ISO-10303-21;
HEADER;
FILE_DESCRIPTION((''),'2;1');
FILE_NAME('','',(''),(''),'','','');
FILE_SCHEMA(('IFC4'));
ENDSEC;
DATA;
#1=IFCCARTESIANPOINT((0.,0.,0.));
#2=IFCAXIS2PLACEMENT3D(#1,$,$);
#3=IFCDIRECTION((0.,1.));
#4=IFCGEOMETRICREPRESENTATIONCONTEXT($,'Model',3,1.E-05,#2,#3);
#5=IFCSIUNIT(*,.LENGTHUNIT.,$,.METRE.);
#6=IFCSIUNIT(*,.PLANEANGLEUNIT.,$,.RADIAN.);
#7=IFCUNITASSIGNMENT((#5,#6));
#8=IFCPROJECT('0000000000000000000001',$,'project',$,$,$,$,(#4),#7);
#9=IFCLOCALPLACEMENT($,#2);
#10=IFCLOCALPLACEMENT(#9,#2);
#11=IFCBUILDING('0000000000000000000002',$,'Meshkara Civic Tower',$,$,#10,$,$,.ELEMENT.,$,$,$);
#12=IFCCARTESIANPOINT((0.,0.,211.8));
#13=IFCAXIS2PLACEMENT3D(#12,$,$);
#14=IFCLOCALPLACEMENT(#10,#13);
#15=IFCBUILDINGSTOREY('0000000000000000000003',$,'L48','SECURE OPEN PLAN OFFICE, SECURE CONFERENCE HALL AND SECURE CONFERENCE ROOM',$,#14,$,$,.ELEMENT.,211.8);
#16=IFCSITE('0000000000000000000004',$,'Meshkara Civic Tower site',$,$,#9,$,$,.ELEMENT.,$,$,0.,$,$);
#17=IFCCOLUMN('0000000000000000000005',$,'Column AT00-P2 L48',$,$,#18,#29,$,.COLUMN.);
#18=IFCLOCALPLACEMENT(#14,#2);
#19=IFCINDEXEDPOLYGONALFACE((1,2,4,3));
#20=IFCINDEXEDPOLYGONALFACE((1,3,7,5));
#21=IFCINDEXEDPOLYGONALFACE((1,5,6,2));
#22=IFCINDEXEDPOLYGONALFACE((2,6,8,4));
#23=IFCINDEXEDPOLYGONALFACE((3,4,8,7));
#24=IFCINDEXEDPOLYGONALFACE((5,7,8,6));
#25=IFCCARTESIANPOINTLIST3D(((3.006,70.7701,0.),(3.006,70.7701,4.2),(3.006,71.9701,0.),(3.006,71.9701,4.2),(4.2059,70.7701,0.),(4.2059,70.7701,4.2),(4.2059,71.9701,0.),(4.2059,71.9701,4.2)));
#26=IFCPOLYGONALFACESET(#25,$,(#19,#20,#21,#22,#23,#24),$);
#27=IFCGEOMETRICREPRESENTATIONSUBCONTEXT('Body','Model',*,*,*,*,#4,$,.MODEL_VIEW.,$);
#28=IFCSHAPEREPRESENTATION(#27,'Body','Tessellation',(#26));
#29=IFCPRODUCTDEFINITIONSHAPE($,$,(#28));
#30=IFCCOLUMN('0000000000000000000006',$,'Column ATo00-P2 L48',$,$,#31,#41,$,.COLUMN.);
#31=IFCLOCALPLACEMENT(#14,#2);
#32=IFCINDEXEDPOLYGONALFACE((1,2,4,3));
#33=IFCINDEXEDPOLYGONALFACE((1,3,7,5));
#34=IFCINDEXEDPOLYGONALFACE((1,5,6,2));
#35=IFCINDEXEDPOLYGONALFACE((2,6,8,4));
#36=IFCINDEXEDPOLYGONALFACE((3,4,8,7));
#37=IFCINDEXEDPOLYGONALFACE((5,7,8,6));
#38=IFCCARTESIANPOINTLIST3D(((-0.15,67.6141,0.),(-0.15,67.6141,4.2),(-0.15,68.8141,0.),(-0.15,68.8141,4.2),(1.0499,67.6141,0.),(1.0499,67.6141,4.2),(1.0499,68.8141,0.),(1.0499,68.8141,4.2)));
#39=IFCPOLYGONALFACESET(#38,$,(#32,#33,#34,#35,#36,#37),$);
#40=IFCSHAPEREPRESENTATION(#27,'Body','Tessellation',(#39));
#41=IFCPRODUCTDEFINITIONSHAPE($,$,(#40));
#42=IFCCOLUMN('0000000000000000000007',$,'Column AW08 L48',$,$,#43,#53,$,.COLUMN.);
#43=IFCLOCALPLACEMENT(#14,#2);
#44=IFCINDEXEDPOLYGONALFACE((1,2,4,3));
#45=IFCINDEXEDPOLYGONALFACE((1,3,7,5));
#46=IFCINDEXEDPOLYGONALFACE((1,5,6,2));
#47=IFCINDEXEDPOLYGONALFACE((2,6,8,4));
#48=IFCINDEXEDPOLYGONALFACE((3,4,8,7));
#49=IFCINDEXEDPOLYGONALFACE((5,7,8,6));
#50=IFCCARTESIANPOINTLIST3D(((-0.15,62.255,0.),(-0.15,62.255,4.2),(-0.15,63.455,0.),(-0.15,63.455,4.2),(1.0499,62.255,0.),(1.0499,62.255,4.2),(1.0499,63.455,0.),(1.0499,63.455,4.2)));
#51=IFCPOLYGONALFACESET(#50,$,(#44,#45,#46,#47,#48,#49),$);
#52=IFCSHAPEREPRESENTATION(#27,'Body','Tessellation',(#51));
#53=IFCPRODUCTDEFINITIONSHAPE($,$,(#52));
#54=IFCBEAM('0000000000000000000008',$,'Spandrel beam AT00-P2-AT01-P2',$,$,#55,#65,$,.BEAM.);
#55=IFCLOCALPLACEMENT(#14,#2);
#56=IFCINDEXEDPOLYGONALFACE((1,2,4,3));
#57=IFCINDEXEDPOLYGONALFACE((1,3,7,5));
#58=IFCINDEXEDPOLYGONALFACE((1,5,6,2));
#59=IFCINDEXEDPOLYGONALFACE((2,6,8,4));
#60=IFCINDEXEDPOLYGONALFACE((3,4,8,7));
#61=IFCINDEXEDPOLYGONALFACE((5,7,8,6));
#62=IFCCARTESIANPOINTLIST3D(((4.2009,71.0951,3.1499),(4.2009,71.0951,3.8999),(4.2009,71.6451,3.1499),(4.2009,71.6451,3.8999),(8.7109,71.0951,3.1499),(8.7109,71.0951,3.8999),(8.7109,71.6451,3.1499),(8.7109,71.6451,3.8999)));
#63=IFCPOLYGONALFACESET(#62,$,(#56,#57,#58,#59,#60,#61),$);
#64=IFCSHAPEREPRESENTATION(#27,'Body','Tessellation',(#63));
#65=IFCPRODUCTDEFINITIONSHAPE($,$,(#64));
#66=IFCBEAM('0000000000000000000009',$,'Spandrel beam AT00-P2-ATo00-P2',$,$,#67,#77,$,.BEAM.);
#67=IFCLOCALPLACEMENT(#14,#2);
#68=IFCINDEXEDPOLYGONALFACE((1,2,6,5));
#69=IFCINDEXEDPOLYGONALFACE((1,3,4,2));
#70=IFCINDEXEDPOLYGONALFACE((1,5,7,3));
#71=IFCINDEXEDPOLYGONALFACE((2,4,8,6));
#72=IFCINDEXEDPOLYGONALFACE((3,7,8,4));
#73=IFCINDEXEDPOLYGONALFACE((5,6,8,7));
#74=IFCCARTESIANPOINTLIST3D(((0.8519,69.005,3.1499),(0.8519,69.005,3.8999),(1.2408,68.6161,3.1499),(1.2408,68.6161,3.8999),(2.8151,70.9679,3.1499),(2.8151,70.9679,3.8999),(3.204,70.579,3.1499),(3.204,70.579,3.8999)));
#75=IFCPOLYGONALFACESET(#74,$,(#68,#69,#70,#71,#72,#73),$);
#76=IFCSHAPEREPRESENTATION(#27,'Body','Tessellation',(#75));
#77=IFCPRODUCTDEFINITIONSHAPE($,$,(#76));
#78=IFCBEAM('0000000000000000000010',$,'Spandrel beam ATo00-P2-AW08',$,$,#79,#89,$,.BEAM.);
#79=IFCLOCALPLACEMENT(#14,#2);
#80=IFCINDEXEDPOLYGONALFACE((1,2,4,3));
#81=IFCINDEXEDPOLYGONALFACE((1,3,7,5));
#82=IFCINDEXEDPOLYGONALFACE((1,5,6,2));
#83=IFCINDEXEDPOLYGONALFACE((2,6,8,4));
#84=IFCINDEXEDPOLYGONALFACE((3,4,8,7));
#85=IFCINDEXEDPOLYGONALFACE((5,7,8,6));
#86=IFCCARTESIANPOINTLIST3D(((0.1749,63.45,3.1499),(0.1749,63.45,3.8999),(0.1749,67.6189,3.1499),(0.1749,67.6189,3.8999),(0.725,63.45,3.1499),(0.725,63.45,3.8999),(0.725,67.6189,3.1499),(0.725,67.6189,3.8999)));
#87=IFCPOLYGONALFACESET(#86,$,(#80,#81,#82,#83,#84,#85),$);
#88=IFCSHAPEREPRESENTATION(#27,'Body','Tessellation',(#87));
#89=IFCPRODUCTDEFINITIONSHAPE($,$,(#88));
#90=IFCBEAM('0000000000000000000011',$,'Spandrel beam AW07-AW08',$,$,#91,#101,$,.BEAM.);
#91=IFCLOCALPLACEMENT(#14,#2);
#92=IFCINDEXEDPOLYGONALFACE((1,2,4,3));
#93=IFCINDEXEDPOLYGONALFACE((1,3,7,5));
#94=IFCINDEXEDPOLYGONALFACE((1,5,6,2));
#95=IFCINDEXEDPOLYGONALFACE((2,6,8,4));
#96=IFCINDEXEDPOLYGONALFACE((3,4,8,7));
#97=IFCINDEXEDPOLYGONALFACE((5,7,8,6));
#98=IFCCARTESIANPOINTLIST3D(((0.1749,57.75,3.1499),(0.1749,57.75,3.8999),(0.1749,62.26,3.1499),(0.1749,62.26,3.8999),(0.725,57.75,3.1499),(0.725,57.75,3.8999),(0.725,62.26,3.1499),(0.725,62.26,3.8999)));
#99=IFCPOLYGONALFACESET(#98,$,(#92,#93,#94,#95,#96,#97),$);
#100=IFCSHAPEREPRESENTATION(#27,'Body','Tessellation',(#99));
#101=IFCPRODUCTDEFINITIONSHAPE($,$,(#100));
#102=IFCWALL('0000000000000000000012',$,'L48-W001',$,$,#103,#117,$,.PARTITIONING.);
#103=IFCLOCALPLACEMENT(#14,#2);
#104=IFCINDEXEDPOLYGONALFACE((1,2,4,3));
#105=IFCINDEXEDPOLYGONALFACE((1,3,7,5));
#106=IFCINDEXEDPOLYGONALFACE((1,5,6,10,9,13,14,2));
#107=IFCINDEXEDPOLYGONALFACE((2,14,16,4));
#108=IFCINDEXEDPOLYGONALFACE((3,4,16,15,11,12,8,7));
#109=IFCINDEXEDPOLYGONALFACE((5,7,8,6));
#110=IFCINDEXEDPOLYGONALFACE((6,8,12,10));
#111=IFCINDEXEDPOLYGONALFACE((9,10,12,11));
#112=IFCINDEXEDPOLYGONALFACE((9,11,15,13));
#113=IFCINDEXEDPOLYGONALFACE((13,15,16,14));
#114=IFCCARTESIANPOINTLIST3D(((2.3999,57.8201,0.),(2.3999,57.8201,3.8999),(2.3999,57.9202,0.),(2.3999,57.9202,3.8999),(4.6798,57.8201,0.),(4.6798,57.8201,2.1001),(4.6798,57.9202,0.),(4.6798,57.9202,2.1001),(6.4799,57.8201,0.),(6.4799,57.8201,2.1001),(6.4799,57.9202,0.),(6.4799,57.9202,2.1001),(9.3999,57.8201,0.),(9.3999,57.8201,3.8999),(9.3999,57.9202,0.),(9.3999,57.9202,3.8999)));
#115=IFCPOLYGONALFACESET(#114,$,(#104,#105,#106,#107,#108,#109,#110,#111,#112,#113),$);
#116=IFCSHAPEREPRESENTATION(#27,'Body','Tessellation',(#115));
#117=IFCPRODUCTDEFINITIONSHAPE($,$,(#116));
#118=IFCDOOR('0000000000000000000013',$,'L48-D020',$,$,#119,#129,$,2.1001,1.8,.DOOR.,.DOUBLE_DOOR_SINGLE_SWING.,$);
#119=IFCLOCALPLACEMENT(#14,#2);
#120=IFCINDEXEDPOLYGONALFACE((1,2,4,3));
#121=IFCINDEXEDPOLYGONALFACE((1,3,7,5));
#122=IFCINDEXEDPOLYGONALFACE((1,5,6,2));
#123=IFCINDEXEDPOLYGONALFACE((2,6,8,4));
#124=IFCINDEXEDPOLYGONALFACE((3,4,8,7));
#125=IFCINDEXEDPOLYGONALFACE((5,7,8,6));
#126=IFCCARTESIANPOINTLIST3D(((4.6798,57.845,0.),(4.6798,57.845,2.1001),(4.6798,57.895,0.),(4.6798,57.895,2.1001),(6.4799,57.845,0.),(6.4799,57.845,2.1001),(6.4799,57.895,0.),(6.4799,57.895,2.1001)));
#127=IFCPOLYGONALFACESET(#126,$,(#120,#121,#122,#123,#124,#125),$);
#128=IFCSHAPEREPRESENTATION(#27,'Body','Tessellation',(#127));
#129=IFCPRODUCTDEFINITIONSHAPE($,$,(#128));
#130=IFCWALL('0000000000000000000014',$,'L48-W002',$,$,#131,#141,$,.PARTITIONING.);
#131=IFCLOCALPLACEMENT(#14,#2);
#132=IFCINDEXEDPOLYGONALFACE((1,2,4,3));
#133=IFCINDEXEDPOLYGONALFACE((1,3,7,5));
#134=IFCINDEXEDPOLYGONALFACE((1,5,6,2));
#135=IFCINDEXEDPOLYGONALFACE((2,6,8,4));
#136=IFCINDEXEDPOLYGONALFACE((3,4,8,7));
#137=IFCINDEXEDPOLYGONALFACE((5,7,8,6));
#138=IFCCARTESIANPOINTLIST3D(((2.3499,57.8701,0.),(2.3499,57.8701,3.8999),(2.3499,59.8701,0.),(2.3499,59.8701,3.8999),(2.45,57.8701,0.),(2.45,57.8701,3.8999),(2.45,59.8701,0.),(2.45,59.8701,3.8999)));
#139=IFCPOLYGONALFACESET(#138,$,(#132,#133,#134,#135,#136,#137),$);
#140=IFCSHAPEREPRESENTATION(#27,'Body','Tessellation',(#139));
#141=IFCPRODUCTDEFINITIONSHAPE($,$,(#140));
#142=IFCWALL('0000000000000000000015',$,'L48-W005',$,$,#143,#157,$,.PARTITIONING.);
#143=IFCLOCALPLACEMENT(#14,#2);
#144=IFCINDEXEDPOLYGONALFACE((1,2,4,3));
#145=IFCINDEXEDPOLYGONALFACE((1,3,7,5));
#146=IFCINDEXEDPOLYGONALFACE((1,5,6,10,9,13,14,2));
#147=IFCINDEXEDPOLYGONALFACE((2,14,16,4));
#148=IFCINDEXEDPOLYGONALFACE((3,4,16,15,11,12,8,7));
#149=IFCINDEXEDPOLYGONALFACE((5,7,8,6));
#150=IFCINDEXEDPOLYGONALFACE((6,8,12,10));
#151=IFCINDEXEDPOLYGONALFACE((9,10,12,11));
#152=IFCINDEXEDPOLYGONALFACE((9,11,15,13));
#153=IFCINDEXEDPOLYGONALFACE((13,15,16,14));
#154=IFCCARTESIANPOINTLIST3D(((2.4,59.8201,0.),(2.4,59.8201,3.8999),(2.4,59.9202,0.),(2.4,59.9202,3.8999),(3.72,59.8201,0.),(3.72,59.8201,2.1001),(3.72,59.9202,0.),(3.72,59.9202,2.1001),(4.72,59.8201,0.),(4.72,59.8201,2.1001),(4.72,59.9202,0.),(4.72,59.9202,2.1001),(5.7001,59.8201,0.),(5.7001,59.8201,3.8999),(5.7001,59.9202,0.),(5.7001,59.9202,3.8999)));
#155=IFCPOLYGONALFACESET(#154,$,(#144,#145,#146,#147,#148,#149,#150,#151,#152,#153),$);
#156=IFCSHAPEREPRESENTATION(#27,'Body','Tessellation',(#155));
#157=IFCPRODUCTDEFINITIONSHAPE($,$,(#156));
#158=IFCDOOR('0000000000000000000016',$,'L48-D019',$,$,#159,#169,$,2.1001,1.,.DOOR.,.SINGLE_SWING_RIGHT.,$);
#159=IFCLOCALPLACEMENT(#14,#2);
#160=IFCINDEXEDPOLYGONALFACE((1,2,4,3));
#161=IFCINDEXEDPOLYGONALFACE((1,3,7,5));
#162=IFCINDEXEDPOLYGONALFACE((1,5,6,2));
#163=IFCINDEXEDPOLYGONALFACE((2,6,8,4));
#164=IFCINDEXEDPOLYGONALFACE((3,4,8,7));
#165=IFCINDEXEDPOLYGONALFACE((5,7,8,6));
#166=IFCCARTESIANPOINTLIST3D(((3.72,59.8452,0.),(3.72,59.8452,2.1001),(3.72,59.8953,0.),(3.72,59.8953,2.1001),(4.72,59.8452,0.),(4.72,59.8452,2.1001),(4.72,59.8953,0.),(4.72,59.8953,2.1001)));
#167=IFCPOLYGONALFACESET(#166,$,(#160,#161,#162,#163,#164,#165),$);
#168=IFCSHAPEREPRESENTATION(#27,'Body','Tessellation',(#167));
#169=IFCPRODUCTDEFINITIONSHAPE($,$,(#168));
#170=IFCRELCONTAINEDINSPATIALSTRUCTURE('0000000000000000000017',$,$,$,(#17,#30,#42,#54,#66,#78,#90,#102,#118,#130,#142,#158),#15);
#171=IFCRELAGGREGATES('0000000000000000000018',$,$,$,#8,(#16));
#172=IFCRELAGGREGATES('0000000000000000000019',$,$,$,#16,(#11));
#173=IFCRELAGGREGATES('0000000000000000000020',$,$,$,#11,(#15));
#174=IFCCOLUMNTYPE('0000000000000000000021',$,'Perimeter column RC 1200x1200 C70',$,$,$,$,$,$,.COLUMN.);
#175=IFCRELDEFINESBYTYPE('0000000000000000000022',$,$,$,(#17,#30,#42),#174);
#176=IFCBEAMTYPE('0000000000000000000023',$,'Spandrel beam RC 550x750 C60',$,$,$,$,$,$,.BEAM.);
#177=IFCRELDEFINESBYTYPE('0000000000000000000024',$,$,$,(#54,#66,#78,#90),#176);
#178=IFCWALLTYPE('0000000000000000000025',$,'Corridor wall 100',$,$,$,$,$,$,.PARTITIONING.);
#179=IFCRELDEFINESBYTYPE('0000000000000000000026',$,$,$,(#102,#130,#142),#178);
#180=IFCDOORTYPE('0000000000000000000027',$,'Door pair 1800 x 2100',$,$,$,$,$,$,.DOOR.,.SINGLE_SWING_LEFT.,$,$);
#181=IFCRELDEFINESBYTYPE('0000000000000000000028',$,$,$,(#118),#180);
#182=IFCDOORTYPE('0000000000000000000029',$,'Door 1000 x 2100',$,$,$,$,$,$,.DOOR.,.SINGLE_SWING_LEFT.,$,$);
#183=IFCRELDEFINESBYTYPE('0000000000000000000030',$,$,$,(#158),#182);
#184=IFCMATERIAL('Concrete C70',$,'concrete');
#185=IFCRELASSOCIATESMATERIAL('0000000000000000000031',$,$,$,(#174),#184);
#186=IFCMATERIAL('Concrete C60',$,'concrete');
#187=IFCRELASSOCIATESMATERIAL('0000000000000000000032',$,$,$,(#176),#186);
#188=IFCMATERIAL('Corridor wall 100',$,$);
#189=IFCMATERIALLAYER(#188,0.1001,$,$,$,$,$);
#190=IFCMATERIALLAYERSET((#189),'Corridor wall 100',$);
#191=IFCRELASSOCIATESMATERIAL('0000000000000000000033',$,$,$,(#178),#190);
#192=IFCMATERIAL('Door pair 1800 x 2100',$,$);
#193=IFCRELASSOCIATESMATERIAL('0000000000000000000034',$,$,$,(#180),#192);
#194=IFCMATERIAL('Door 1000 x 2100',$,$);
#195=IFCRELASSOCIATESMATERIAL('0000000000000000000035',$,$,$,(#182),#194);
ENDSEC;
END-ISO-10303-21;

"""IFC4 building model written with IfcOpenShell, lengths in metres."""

from ifc_helpers import new_model, si_unit, direction, frame, frame_2d, origin, origin_2d, place, context, subcontext, project, spatial, rectangle, extrude, material, layer, layer_set, material_profile, profile_set, type_object, element, fill, save


model = new_model("IFC4")

# Units and contexts
model_context = context("Model", 3, precision=1e-05, world=origin(), true_north=direction((0.0, 1.0)))
body_context = subcontext(model_context, "Body", "Model", "MODEL_VIEW")
ifc_project = project(units=[si_unit("LENGTHUNIT", "METRE"), si_unit("PLANEANGLEUNIT", "RADIAN")], contexts=[model_context])

# Site, building, storey
site_placement = place(None, origin())
site = spatial("IfcSite", under=ifc_project, at=site_placement, Name="Meshkara Civic Tower site", CompositionType="ELEMENT", RefElevation=0.0)
building_placement = place(site_placement, origin())
building = spatial("IfcBuilding", under=site, at=building_placement, Name="Meshkara Civic Tower", CompositionType="ELEMENT")
storey_placement = place(building_placement, frame((0.0, 0.0, 211.8)))
storey = spatial("IfcBuildingStorey", under=building, at=storey_placement, Name="L48", Description="SECURE OPEN PLAN OFFICE, SECURE CONFERENCE HALL AND SECURE CONFERENCE ROOM", CompositionType="ELEMENT", Elevation=211.8)

# Columns
ifc_material_1 = material(Name="Concrete C70", Category="concrete")
ifc_material_profile_1 = material_profile(ifc_material_1, rectangle(XDim=1.2, YDim=1.2, at=origin_2d()))
ifc_profile_set_1 = profile_set([ifc_material_profile_1], Name="Concrete C70")
column_type = type_object("IfcColumnType", Name="Perimeter column RC 1200x1200 C70", PredefinedType="COLUMN", material=ifc_profile_set_1)
for number, where, z_axis, x_axis, name in (
    (1, (3.606, 71.3701, 0.0), (0.0, 0.0, 1.0), (1.0, 0.0, 0.0), "Column AT00-P2 L48"),
    (2, (0.45, 68.2141, 0.0), (0.0, 0.0, 1.0), (1.0, 0.0, 0.0), "Column ATo00-P2 L48"),
    (3, (0.45, 62.855, 0.0), (0.0, 0.0, 1.0), (1.0, 0.0, 0.0), "Column AW08 L48"),
):
    element("IfcColumn", number, at=place(storey_placement, frame(where, z_axis=z_axis, x_axis=x_axis)), inside=storey, type_object=column_type, Name=name, PredefinedType="COLUMN", context=body_context, shape_type="SweptSolid", body=[
        extrude(rectangle(XDim=1.2, YDim=1.2, at=origin_2d()), origin(), (0.0, 0.0, 1.0), 4.2),
    ])

# Beams
ifc_material_2 = material(Name="Concrete C60", Category="concrete")
ifc_material_profile_2 = material_profile(ifc_material_2, rectangle(XDim=0.55, YDim=0.75, at=origin_2d()))
ifc_profile_set_2 = profile_set([ifc_material_profile_2], Name="Concrete C60")
beam_type = type_object("IfcBeamType", Name="Spandrel beam RC 550x750 C60", PredefinedType="BEAM", material=ifc_profile_set_2)
beam_1_placement = place(storey_placement, frame((8.7109, 71.3701, 3.5249), z_axis=(-1.0, 0.0, 0.0), x_axis=(0.0, -1.0, 0.0)))
element("IfcBeam", 4, at=beam_1_placement, inside=storey, type_object=beam_type, Name="Spandrel beam AT00-P2-AT01-P2", PredefinedType="BEAM", context=body_context, shape_type="SweptSolid", body=[
    extrude(rectangle(XDim=0.55, YDim=0.75, at=origin_2d()), origin(), (0.0, 0.0, 1.0), 4.51),
])
beam_2_placement = place(storey_placement, frame((3.0095, 70.7734, 3.5249), z_axis=(-0.707151, -0.707063, 0.0), x_axis=(0.707063, -0.707151, 0.0)))
element("IfcBeam", 5, at=beam_2_placement, inside=storey, type_object=beam_type, Name="Spandrel beam AT00-P2-ATo00-P2", PredefinedType="BEAM", context=body_context, shape_type="SweptSolid", body=[
    extrude(rectangle(XDim=0.55, YDim=0.75, at=origin_2d()), origin(), (0.0, 0.0, 1.0), 2.7761),
])
beam_3_placement = place(storey_placement, frame((0.45, 67.6189, 3.5249), z_axis=(0.0, -1.0, 0.0), x_axis=(1.0, 0.0, 0.0)))
element("IfcBeam", 6, at=beam_3_placement, inside=storey, type_object=beam_type, Name="Spandrel beam ATo00-P2-AW08", PredefinedType="BEAM", context=body_context, shape_type="SweptSolid", body=[
    extrude(rectangle(XDim=0.55, YDim=0.75, at=origin_2d()), origin(), (0.0, 0.0, 1.0), 4.1689),
])
beam_4_placement = place(storey_placement, frame((0.45, 62.26, 3.5249), z_axis=(0.0, -1.0, 0.0), x_axis=(1.0, 0.0, 0.0)))
element("IfcBeam", 7, at=beam_4_placement, inside=storey, type_object=beam_type, Name="Spandrel beam AW07-AW08", PredefinedType="BEAM", context=body_context, shape_type="SweptSolid", body=[
    extrude(rectangle(XDim=0.55, YDim=0.75, at=origin_2d()), origin(), (0.0, 0.0, 1.0), 4.51),
])

# Wall, opening, door
ifc_material_3 = material(Name="Corridor wall 100")
ifc_layer_1 = layer(ifc_material_3, 0.1001)
ifc_layer_set_1 = layer_set([ifc_layer_1], Name="Corridor wall 100")
wall_type_1 = type_object("IfcWallType", Name="Corridor wall 100", PredefinedType="PARTITIONING", material=ifc_layer_set_1)
wall_1_placement = place(storey_placement, frame((2.3999, 57.8701, 0.0), z_axis=(0.0, 0.0, 1.0), x_axis=(1.0, 0.0, 0.0)))
wall_1 = element("IfcWall", 8, at=wall_1_placement, inside=storey, type_object=wall_type_1, Name="L48-W001", PredefinedType="PARTITIONING", context=body_context, shape_type="SweptSolid", body=[
    extrude(rectangle(XDim=7.0, YDim=0.1001, at=frame_2d((3.5, 0.0))), origin(), (0.0, 0.0, 1.0), 3.8999),
])
opening_1_placement = place(wall_1_placement, frame((2.28, 0.0, 0.0)))
opening_1 = element("IfcOpeningElement", 9, at=opening_1_placement, cuts=wall_1, PredefinedType="OPENING", context=body_context, shape_type="SweptSolid", body=[
    extrude(rectangle(XDim=1.8, YDim=2.1001, at=frame_2d((0.8999, 1.05))), frame((0.0, 0.0601, 0.0), z_axis=(0.0, -1.0, 0.0), x_axis=(1.0, 0.0, 0.0)), (0.0, 0.0, 1.0), 0.1201),
])
ifc_material_4 = material(Name="Door pair 1800 x 2100")
door_type_1 = type_object("IfcDoorType", Name="Door pair 1800 x 2100", OperationType="SINGLE_SWING_LEFT", PredefinedType="DOOR", material=ifc_material_4)
door_1_placement = place(opening_1_placement, origin())
door_1 = element("IfcDoor", 10, at=door_1_placement, inside=storey, type_object=door_type_1, Name="L48-D020", OperationType="DOUBLE_DOOR_SINGLE_SWING", OverallHeight=2.1001, OverallWidth=1.8, PredefinedType="DOOR", context=body_context, shape_type="SweptSolid", body=[
    extrude(rectangle(XDim=1.8, YDim=2.1001, at=frame_2d((0.8999, 1.05))), frame((0.0, 0.0249, 0.0), z_axis=(0.0, -1.0, 0.0), x_axis=(1.0, 0.0, 0.0)), (0.0, 0.0, 1.0), 0.05),
])
fill(opening_1, door_1)

# Wall
wall_2_placement = place(storey_placement, frame((2.3999, 59.8701, 0.0), z_axis=(0.0, 0.0, 1.0), x_axis=(0.0, -1.0, 0.0)))
element("IfcWall", 11, at=wall_2_placement, inside=storey, type_object=wall_type_1, Name="L48-W002", PredefinedType="PARTITIONING", context=body_context, shape_type="SweptSolid", body=[
    extrude(rectangle(XDim=2.0, YDim=0.1001, at=frame_2d((1.0, 0.0))), origin(), (0.0, 0.0, 1.0), 3.8999),
])

# Wall, opening, door
wall_3_placement = place(storey_placement, frame((5.7, 59.8701, 0.0), z_axis=(0.0, 0.0, 1.0), x_axis=(-1.0, 0.0, 0.0)))
wall_3 = element("IfcWall", 12, at=wall_3_placement, inside=storey, type_object=wall_type_1, Name="L48-W005", PredefinedType="PARTITIONING", context=body_context, shape_type="SweptSolid", body=[
    extrude(rectangle(XDim=3.3, YDim=0.1001, at=frame_2d((1.6499, 0.0))), origin(), (0.0, 0.0, 1.0), 3.8999),
])
opening_2_placement = place(wall_3_placement, frame((0.98, 0.0, 0.0)))
opening_2 = element("IfcOpeningElement", 13, at=opening_2_placement, cuts=wall_3, PredefinedType="OPENING", context=body_context, shape_type="SweptSolid", body=[
    extrude(rectangle(XDim=1.0, YDim=2.1001, at=frame_2d((0.5, 1.05))), frame((0.0, 0.0601, 0.0), z_axis=(0.0, -1.0, 0.0), x_axis=(1.0, 0.0, 0.0)), (0.0, 0.0, 1.0), 0.1201),
])
ifc_material_5 = material(Name="Door 1000 x 2100")
door_type_2 = type_object("IfcDoorType", Name="Door 1000 x 2100", OperationType="SINGLE_SWING_LEFT", PredefinedType="DOOR", material=ifc_material_5)
door_2_placement = place(opening_2_placement, origin())
door_2 = element("IfcDoor", 14, at=door_2_placement, inside=storey, type_object=door_type_2, Name="L48-D019", OperationType="SINGLE_SWING_RIGHT", OverallHeight=2.1001, OverallWidth=1.0, PredefinedType="DOOR", context=body_context, shape_type="SweptSolid", body=[
    extrude(rectangle(XDim=1.0, YDim=2.1001, at=frame_2d((0.5, 1.05))), frame((0.0, 0.0249, 0.0), z_axis=(0.0, -1.0, 0.0), x_axis=(1.0, 0.0, 0.0)), (0.0, 0.0, 1.0), 0.05),
])
fill(opening_2, door_2)

save(model, "model.ifc")
